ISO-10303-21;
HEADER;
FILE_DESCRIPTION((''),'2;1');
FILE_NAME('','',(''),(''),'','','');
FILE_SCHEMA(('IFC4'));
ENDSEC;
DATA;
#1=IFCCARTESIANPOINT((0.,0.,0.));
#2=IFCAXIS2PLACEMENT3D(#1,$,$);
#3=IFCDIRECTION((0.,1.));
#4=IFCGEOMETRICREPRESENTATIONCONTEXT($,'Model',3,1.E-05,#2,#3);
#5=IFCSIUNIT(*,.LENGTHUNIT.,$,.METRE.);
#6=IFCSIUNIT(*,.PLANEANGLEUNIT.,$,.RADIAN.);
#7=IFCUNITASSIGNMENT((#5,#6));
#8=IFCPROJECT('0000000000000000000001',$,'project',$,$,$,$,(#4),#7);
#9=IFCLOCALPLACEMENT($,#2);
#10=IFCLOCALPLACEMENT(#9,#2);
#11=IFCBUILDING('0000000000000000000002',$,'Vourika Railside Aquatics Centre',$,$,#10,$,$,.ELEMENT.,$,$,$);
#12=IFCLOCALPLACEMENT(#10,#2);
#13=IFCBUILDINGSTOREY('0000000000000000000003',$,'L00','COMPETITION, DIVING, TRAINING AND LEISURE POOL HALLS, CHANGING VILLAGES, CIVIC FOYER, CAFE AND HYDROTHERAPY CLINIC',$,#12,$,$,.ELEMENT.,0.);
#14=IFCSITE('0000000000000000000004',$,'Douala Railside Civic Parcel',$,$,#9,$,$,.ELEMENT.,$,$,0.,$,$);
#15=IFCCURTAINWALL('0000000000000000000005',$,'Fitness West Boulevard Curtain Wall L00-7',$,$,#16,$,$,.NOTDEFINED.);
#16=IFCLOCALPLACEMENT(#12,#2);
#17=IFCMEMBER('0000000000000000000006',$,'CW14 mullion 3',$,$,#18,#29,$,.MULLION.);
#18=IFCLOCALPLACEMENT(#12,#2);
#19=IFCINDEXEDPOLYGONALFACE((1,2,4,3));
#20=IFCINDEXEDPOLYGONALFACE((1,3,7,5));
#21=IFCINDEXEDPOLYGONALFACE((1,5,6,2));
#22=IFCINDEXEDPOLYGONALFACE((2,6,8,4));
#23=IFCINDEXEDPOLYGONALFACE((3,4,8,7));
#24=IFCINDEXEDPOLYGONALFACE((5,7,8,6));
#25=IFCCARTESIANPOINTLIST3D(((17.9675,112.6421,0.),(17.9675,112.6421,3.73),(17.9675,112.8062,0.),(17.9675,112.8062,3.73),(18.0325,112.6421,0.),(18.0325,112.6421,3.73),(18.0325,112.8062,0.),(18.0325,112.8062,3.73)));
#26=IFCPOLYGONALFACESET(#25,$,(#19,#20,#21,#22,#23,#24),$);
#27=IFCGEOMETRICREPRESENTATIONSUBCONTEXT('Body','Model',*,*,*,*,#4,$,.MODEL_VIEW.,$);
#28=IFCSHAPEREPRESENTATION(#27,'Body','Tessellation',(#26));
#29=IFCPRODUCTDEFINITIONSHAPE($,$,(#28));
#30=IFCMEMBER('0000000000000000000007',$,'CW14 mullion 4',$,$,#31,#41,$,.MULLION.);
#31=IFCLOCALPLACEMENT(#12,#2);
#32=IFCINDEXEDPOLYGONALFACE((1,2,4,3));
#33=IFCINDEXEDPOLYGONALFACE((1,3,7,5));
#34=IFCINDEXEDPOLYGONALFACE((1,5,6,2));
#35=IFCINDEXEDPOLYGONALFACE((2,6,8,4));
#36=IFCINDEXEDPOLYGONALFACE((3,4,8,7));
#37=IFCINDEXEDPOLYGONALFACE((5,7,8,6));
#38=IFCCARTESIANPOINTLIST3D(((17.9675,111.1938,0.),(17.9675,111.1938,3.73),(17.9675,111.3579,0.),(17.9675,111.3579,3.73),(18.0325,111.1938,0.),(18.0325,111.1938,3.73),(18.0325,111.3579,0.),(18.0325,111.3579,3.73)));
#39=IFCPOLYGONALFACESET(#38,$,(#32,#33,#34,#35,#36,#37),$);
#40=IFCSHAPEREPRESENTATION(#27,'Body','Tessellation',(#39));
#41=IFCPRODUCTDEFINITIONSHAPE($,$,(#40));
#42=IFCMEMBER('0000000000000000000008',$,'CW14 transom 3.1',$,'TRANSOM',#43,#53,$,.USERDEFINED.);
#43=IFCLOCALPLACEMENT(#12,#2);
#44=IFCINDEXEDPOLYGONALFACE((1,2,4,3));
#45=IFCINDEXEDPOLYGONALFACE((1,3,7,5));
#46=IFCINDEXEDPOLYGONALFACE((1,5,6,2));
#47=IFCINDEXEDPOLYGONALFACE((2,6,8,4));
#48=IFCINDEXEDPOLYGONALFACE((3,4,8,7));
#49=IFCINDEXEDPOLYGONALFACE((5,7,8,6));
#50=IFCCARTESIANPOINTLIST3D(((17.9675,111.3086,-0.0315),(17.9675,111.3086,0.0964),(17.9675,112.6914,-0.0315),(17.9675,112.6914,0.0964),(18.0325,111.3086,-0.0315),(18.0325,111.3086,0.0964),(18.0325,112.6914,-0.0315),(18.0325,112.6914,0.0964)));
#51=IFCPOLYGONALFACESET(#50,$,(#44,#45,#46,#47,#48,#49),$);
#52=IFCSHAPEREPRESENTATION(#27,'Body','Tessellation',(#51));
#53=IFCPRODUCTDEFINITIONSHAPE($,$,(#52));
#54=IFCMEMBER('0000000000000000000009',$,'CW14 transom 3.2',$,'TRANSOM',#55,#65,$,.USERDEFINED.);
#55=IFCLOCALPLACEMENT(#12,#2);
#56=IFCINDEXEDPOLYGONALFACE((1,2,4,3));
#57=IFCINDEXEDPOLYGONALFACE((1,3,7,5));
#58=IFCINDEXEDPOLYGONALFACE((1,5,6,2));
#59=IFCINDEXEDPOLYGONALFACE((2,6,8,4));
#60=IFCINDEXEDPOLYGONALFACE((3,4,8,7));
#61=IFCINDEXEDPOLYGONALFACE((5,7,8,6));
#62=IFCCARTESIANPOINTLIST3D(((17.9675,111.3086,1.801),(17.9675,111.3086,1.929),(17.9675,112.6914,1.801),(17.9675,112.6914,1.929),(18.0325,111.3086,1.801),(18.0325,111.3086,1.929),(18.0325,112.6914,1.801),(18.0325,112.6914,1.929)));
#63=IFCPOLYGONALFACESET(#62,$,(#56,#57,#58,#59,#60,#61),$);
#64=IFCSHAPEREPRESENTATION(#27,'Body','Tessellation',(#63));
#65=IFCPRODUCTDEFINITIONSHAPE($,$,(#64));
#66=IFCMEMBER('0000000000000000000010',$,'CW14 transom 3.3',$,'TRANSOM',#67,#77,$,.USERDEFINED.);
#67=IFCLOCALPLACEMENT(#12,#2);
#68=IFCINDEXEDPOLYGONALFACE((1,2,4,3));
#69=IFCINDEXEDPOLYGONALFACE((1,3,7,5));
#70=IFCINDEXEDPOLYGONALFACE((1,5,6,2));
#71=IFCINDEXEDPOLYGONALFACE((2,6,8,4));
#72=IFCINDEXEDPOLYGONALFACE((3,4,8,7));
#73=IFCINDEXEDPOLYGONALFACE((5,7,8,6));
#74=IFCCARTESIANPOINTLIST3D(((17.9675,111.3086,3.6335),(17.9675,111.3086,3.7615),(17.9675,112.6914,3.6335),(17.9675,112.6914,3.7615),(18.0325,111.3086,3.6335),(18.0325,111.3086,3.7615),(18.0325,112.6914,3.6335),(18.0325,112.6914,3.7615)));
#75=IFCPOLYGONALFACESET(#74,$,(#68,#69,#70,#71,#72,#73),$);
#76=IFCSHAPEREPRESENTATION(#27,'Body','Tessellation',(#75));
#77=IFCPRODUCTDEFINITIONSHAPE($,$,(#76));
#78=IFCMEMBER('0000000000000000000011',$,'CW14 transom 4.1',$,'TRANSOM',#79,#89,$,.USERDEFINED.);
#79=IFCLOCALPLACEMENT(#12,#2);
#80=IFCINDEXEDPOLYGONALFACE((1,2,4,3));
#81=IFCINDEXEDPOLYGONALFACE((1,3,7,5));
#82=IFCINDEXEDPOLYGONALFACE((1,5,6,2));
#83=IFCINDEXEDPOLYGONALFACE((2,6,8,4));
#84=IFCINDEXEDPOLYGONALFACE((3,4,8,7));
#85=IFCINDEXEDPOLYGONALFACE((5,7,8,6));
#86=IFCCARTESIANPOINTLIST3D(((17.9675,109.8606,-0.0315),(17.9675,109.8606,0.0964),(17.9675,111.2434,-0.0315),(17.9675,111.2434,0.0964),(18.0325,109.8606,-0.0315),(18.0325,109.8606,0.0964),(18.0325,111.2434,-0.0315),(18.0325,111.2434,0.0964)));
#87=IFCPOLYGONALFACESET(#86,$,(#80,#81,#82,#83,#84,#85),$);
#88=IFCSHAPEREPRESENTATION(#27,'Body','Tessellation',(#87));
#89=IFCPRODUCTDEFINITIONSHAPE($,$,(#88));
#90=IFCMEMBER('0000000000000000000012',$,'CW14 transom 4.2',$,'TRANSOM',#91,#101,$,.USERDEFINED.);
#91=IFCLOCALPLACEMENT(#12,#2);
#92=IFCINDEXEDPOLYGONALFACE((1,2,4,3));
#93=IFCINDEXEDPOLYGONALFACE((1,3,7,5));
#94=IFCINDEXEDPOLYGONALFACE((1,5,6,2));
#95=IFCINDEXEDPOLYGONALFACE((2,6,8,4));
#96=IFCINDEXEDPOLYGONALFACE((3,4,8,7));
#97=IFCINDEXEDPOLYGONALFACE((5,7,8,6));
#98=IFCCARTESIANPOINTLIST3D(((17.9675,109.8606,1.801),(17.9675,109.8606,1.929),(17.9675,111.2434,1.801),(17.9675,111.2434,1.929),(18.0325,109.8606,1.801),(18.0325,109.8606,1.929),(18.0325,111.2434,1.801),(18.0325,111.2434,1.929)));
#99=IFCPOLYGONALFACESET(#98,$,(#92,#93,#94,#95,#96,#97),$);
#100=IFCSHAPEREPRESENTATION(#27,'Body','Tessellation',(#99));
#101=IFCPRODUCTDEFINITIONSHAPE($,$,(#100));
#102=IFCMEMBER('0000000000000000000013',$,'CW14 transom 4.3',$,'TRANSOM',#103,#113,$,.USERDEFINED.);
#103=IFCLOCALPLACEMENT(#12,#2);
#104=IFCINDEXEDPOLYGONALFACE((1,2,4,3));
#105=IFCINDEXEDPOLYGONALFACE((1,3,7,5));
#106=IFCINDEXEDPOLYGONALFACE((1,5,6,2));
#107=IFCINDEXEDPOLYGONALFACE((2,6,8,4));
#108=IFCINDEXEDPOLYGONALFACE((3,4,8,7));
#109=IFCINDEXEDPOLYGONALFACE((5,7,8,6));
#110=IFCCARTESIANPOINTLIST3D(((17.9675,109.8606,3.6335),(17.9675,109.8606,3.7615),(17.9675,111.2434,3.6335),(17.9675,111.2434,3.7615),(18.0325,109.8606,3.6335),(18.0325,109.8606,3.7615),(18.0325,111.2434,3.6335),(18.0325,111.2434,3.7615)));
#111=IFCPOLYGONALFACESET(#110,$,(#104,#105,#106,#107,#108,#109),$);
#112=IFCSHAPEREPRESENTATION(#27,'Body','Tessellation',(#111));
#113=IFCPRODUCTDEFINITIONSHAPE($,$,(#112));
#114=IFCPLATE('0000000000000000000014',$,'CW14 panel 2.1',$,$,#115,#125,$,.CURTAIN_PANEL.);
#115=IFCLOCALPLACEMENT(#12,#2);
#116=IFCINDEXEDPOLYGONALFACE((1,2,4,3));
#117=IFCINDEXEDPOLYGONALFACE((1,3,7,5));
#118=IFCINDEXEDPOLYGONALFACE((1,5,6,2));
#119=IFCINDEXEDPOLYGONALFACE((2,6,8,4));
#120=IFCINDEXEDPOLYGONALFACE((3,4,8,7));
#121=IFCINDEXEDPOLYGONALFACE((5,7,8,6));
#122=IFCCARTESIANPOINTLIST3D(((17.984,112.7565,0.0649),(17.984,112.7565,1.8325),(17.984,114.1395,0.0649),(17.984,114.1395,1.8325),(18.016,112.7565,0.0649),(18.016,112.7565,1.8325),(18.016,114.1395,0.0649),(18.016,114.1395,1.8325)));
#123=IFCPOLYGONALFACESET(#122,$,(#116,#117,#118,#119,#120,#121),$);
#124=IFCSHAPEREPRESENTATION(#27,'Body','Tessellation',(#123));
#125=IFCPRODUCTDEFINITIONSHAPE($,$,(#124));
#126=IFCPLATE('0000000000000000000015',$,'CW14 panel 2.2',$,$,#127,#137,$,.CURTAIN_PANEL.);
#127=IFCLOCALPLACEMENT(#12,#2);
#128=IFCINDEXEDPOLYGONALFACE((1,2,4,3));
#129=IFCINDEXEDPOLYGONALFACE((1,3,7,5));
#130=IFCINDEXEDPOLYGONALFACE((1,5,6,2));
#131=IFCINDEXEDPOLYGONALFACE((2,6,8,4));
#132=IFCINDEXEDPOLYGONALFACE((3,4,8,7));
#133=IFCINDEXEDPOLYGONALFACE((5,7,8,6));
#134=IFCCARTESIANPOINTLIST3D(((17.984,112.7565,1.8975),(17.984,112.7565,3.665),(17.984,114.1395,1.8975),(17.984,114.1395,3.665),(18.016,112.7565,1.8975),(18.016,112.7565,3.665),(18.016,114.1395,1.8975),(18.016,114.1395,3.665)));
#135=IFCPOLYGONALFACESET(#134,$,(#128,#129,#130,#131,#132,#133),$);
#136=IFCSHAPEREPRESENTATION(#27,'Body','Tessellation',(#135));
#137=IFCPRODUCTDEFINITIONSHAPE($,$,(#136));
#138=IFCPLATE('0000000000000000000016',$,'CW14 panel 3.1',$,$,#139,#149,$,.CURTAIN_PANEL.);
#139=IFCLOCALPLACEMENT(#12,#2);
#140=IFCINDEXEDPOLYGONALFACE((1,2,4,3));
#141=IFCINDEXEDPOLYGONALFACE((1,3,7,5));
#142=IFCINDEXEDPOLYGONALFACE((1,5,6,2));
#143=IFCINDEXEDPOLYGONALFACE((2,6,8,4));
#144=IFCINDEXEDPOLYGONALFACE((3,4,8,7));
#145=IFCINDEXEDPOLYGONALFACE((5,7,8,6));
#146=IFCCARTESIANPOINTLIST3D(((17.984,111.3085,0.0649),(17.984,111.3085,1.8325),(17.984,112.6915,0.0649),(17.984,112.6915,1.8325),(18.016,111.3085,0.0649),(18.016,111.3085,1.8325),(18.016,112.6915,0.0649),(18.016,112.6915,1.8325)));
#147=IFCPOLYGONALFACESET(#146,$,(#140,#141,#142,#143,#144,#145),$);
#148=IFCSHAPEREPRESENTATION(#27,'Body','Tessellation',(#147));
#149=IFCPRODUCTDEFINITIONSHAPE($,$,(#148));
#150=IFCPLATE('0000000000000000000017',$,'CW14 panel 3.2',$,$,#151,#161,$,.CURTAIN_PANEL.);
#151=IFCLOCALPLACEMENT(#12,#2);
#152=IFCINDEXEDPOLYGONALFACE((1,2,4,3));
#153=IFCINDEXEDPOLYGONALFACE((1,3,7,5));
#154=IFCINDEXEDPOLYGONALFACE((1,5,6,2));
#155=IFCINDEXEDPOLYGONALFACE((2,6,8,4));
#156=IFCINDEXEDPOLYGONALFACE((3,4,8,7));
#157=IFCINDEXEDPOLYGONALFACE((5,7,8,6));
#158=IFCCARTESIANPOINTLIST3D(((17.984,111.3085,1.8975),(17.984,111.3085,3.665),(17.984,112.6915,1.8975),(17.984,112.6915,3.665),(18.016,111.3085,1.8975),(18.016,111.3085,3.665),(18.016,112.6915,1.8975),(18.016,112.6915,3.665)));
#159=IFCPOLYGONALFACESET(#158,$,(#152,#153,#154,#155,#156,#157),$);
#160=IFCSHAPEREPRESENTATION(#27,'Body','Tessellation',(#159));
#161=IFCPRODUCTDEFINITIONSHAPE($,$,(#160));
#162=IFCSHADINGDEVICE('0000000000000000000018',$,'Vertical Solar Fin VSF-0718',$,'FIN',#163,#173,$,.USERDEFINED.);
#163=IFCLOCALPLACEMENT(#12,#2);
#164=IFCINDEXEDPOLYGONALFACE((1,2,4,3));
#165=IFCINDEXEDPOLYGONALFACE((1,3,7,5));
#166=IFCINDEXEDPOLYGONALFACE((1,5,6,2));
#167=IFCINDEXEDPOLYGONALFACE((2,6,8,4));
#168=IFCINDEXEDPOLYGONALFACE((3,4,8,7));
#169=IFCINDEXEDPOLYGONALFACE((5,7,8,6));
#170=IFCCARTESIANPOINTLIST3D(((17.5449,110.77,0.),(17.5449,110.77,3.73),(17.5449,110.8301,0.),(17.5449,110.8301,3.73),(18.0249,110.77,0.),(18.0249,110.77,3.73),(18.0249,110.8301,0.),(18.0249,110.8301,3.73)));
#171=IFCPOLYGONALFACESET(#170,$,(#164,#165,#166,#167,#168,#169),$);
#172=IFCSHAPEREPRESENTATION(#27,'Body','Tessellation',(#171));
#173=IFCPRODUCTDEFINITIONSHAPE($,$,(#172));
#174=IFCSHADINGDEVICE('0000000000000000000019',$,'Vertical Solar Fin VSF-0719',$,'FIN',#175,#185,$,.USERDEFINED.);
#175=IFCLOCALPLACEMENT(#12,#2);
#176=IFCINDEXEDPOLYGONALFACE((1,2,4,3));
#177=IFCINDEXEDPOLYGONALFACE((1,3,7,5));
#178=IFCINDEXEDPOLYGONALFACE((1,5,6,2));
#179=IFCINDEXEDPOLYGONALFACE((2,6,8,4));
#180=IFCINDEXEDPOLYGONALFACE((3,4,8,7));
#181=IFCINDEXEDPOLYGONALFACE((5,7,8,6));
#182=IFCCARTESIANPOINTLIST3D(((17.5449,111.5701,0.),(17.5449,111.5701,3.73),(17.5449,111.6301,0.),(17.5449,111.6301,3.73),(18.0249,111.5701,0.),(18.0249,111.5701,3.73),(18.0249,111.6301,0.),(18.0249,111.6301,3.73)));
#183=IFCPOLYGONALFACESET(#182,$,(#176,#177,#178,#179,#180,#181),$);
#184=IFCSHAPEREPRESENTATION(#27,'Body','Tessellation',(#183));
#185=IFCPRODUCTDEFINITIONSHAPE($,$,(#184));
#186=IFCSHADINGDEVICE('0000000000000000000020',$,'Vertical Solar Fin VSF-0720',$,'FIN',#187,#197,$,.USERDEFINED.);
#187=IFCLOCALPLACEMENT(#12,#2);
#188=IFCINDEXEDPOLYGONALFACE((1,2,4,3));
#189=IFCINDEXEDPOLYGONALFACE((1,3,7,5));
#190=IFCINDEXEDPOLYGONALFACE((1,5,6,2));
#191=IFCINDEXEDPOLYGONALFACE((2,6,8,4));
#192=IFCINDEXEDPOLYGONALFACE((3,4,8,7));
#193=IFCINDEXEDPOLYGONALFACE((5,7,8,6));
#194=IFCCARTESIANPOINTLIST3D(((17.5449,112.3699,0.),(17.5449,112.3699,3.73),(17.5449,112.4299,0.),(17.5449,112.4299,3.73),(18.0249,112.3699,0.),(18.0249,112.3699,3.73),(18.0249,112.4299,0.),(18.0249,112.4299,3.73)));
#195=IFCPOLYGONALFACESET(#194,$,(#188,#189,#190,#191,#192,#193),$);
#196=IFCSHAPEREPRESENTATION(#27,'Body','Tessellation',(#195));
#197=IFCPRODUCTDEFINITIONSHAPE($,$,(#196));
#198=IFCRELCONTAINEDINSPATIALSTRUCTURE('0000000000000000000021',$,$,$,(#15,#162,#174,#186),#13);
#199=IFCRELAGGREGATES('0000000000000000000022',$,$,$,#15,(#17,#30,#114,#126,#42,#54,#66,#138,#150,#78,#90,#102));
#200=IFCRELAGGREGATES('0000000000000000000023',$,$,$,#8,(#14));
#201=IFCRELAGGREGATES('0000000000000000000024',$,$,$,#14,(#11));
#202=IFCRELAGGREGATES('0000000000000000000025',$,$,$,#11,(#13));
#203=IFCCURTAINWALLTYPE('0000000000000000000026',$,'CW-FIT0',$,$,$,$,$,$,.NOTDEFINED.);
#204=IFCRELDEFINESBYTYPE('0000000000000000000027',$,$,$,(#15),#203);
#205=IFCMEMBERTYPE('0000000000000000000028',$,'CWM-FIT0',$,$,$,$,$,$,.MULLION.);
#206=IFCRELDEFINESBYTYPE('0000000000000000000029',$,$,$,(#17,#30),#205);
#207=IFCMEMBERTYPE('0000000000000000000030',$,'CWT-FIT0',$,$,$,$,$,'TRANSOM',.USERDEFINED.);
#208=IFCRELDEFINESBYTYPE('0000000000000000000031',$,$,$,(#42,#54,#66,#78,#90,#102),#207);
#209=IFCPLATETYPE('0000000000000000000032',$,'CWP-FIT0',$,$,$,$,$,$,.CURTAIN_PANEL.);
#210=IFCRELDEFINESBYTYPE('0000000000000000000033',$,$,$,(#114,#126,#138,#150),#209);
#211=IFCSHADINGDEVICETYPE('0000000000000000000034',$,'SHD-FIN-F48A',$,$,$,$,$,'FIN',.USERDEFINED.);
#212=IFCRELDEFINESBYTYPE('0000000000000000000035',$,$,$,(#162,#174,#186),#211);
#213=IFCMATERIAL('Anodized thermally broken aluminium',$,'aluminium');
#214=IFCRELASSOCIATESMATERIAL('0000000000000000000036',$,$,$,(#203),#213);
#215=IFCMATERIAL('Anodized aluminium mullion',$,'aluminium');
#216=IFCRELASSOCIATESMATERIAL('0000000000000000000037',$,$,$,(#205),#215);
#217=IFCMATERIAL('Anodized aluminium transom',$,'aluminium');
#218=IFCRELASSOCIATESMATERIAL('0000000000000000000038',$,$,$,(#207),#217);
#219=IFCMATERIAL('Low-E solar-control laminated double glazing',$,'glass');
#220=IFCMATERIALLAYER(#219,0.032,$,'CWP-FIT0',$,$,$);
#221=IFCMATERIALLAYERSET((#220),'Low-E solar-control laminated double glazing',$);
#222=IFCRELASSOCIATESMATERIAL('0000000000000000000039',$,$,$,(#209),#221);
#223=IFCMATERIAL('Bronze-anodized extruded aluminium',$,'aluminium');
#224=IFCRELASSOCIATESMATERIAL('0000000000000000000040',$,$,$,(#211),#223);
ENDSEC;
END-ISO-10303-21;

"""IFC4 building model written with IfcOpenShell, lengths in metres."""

from ifc_helpers import new_model, si_unit, direction, frame, origin, origin_2d, place, context, subcontext, project, spatial, rectangle, extrude, material, layer, layer_set, material_profile, profile_set, type_object, element, aggregate, save


model = new_model("IFC4")

# Units and contexts
model_context = context("Model", 3, precision=1e-05, world=origin(), true_north=direction((0.0, 1.0)))
body_context = subcontext(model_context, "Body", "Model", "MODEL_VIEW")
ifc_project = project(units=[si_unit("LENGTHUNIT", "METRE"), si_unit("PLANEANGLEUNIT", "RADIAN")], contexts=[model_context])

# Site, building, storey
site_placement = place(None, origin())
site = spatial("IfcSite", under=ifc_project, at=site_placement, Name="Douala Railside Civic Parcel", CompositionType="ELEMENT", RefElevation=0.0)
building_placement = place(site_placement, origin())
building = spatial("IfcBuilding", under=site, at=building_placement, Name="Vourika Railside Aquatics Centre", CompositionType="ELEMENT")
storey_placement = place(building_placement, origin())
storey = spatial("IfcBuildingStorey", under=building, at=storey_placement, Name="L00", Description="COMPETITION, DIVING, TRAINING AND LEISURE POOL HALLS, CHANGING VILLAGES, CIVIC FOYER, CAFE AND HYDROTHERAPY CLINIC", CompositionType="ELEMENT", Elevation=0.0)

# Curtain wall, members, plates
ifc_material_1 = material(Name="Anodized thermally broken aluminium", Category="aluminium")
curtain_wall_type = type_object("IfcCurtainWallType", Name="CW-FIT0", PredefinedType="NOTDEFINED", material=ifc_material_1)
curtain_wall_placement = place(storey_placement, origin())
curtain_wall = element("IfcCurtainWall", 1, at=curtain_wall_placement, inside=storey, type_object=curtain_wall_type, Name="Fitness West Boulevard Curtain Wall L00-7", PredefinedType="NOTDEFINED")
ifc_material_2 = material(Name="Anodized aluminium mullion", Category="aluminium")
ifc_material_profile_1 = material_profile(ifc_material_2, rectangle(XDim=0.0649, YDim=0.1641, at=origin_2d()), Name="ALU-M 65x164")
ifc_profile_set_1 = profile_set([ifc_material_profile_1], Name="Anodized aluminium mullion")
member_type_1 = type_object("IfcMemberType", Name="CWM-FIT0", PredefinedType="MULLION", material=ifc_profile_set_1)
member_1_placement = place(storey_placement, frame((18.0, 112.7241, 0.0), z_axis=(0.0, 0.0, 1.0), x_axis=(1.0, 0.0, 0.0)))
member_1 = element("IfcMember", 2, at=member_1_placement, type_object=member_type_1, Name="CW14 mullion 3", PredefinedType="MULLION", context=body_context, shape_type="SweptSolid", body=[
    extrude(rectangle(XDim=0.0649, YDim=0.1641, at=origin_2d()), origin(), (0.0, 0.0, 1.0), 3.73),
])
member_2_placement = place(storey_placement, frame((18.0, 111.2759, 0.0), z_axis=(0.0, 0.0, 1.0), x_axis=(1.0, 0.0, 0.0)))
member_2 = element("IfcMember", 3, at=member_2_placement, type_object=member_type_1, Name="CW14 mullion 4", PredefinedType="MULLION", context=body_context, shape_type="SweptSolid", body=[
    extrude(rectangle(XDim=0.0649, YDim=0.1641, at=origin_2d()), origin(), (0.0, 0.0, 1.0), 3.73),
])
ifc_material_3 = material(Name="Anodized aluminium transom", Category="aluminium")
ifc_material_profile_2 = material_profile(ifc_material_3, rectangle(XDim=0.0649, YDim=0.1279, at=origin_2d()), Name="ALU-T 65x128")
ifc_profile_set_2 = profile_set([ifc_material_profile_2], Name="Anodized aluminium transom")
member_type_2 = type_object("IfcMemberType", Name="CWT-FIT0", ElementType="TRANSOM", PredefinedType="USERDEFINED", material=ifc_profile_set_2)
member_3_placement = place(storey_placement, frame((18.0, 112.6914, 0.0325), z_axis=(0.0, -1.0, 0.0), x_axis=(1.0, 0.0, 0.0)))
member_3 = element("IfcMember", 4, at=member_3_placement, type_object=member_type_2, Name="CW14 transom 3.1", ObjectType="TRANSOM", PredefinedType="USERDEFINED", context=body_context, shape_type="SweptSolid", body=[
    extrude(rectangle(XDim=0.0649, YDim=0.1279, at=origin_2d()), origin(), (0.0, 0.0, 1.0), 1.3828),
])
member_4_placement = place(storey_placement, frame((18.0, 112.6914, 1.865), z_axis=(0.0, -1.0, 0.0), x_axis=(1.0, 0.0, 0.0)))
member_4 = element("IfcMember", 5, at=member_4_placement, type_object=member_type_2, Name="CW14 transom 3.2", ObjectType="TRANSOM", PredefinedType="USERDEFINED", context=body_context, shape_type="SweptSolid", body=[
    extrude(rectangle(XDim=0.0649, YDim=0.1279, at=origin_2d()), origin(), (0.0, 0.0, 1.0), 1.3828),
])
member_5_placement = place(storey_placement, frame((18.0, 112.6914, 3.6975), z_axis=(0.0, -1.0, 0.0), x_axis=(1.0, 0.0, 0.0)))
member_5 = element("IfcMember", 6, at=member_5_placement, type_object=member_type_2, Name="CW14 transom 3.3", ObjectType="TRANSOM", PredefinedType="USERDEFINED", context=body_context, shape_type="SweptSolid", body=[
    extrude(rectangle(XDim=0.0649, YDim=0.1279, at=origin_2d()), origin(), (0.0, 0.0, 1.0), 1.3828),
])
member_6_placement = place(storey_placement, frame((18.0, 111.2434, 0.0325), z_axis=(0.0, -1.0, 0.0), x_axis=(1.0, 0.0, 0.0)))
member_6 = element("IfcMember", 7, at=member_6_placement, type_object=member_type_2, Name="CW14 transom 4.1", ObjectType="TRANSOM", PredefinedType="USERDEFINED", context=body_context, shape_type="SweptSolid", body=[
    extrude(rectangle(XDim=0.0649, YDim=0.1279, at=origin_2d()), origin(), (0.0, 0.0, 1.0), 1.3828),
])
member_7_placement = place(storey_placement, frame((18.0, 111.2434, 1.865), z_axis=(0.0, -1.0, 0.0), x_axis=(1.0, 0.0, 0.0)))
member_7 = element("IfcMember", 8, at=member_7_placement, type_object=member_type_2, Name="CW14 transom 4.2", ObjectType="TRANSOM", PredefinedType="USERDEFINED", context=body_context, shape_type="SweptSolid", body=[
    extrude(rectangle(XDim=0.0649, YDim=0.1279, at=origin_2d()), origin(), (0.0, 0.0, 1.0), 1.3828),
])
member_8_placement = place(storey_placement, frame((18.0, 111.2434, 3.6975), z_axis=(0.0, -1.0, 0.0), x_axis=(1.0, 0.0, 0.0)))
member_8 = element("IfcMember", 9, at=member_8_placement, type_object=member_type_2, Name="CW14 transom 4.3", ObjectType="TRANSOM", PredefinedType="USERDEFINED", context=body_context, shape_type="SweptSolid", body=[
    extrude(rectangle(XDim=0.0649, YDim=0.1279, at=origin_2d()), origin(), (0.0, 0.0, 1.0), 1.3828),
])
ifc_material_4 = material(Name="Low-E solar-control laminated double glazing", Category="glass")
ifc_layer = layer(ifc_material_4, 0.032, Name="CWP-FIT0")
ifc_layer_set = layer_set([ifc_layer], Name="Low-E solar-control laminated double glazing")
plate_type = type_object("IfcPlateType", Name="CWP-FIT0", PredefinedType="CURTAIN_PANEL", material=ifc_layer_set)
plate_1_placement = place(storey_placement, frame((18.0, 113.448, 0.0649), z_axis=(0.0, 0.0, 1.0), x_axis=(0.0, -1.0, 0.0)))
plate_1 = element("IfcPlate", 10, at=plate_1_placement, type_object=plate_type, Name="CW14 panel 2.1", PredefinedType="CURTAIN_PANEL", context=body_context, shape_type="SweptSolid", body=[
    extrude(rectangle(XDim=1.3831, YDim=0.032, at=origin_2d()), origin(), (0.0, 0.0, 1.0), 1.7676),
])
plate_2_placement = place(storey_placement, frame((18.0, 113.448, 1.8975), z_axis=(0.0, 0.0, 1.0), x_axis=(0.0, -1.0, 0.0)))
plate_2 = element("IfcPlate", 11, at=plate_2_placement, type_object=plate_type, Name="CW14 panel 2.2", PredefinedType="CURTAIN_PANEL", context=body_context, shape_type="SweptSolid", body=[
    extrude(rectangle(XDim=1.3831, YDim=0.032, at=origin_2d()), origin(), (0.0, 0.0, 1.0), 1.7676),
])
plate_3_placement = place(storey_placement, frame((18.0, 112.0, 0.0649), z_axis=(0.0, 0.0, 1.0), x_axis=(0.0, -1.0, 0.0)))
plate_3 = element("IfcPlate", 12, at=plate_3_placement, type_object=plate_type, Name="CW14 panel 3.1", PredefinedType="CURTAIN_PANEL", context=body_context, shape_type="SweptSolid", body=[
    extrude(rectangle(XDim=1.3831, YDim=0.032, at=origin_2d()), origin(), (0.0, 0.0, 1.0), 1.7676),
])
plate_4_placement = place(storey_placement, frame((18.0, 112.0, 1.8975), z_axis=(0.0, 0.0, 1.0), x_axis=(0.0, -1.0, 0.0)))
plate_4 = element("IfcPlate", 13, at=plate_4_placement, type_object=plate_type, Name="CW14 panel 3.2", PredefinedType="CURTAIN_PANEL", context=body_context, shape_type="SweptSolid", body=[
    extrude(rectangle(XDim=1.3831, YDim=0.032, at=origin_2d()), origin(), (0.0, 0.0, 1.0), 1.7676),
])
aggregate(curtain_wall, [member_1, member_2, plate_1, plate_2, member_3, member_4, member_5, plate_3, plate_4, member_6, member_7, member_8])

# Shading devices
ifc_material_5 = material(Name="Bronze-anodized extruded aluminium", Category="aluminium")
ifc_material_profile_3 = material_profile(ifc_material_5, rectangle(XDim=0.0601, YDim=0.48, at=origin_2d()), Name="ALU-FIN 60x480")
ifc_profile_set_3 = profile_set([ifc_material_profile_3], Name="Bronze-anodized extruded aluminium")
shading_device_type = type_object("IfcShadingDeviceType", Name="SHD-FIN-F48A", ElementType="FIN", PredefinedType="USERDEFINED", material=ifc_profile_set_3)
for number, where, z_axis, x_axis, name in (
    (14, (17.7849, 110.8, 0.0), (0.0, 0.0, 1.0), (0.0, 1.0, 0.0), "Vertical Solar Fin VSF-0718"),
    (15, (17.7849, 111.6001, 0.0), (0.0, 0.0, 1.0), (0.0, 1.0, 0.0), "Vertical Solar Fin VSF-0719"),
    (16, (17.7849, 112.3999, 0.0), (0.0, 0.0, 1.0), (0.0, 1.0, 0.0), "Vertical Solar Fin VSF-0720"),
):
    element("IfcShadingDevice", number, at=place(storey_placement, frame(where, z_axis=z_axis, x_axis=x_axis)), inside=storey, type_object=shading_device_type, Name=name, ObjectType="FIN", PredefinedType="USERDEFINED", context=body_context, shape_type="SweptSolid", body=[
        extrude(rectangle(XDim=0.0601, YDim=0.48, at=origin_2d()), origin(), (0.0, 0.0, 1.0), 3.73),
    ])

save(model, "model.ifc")
